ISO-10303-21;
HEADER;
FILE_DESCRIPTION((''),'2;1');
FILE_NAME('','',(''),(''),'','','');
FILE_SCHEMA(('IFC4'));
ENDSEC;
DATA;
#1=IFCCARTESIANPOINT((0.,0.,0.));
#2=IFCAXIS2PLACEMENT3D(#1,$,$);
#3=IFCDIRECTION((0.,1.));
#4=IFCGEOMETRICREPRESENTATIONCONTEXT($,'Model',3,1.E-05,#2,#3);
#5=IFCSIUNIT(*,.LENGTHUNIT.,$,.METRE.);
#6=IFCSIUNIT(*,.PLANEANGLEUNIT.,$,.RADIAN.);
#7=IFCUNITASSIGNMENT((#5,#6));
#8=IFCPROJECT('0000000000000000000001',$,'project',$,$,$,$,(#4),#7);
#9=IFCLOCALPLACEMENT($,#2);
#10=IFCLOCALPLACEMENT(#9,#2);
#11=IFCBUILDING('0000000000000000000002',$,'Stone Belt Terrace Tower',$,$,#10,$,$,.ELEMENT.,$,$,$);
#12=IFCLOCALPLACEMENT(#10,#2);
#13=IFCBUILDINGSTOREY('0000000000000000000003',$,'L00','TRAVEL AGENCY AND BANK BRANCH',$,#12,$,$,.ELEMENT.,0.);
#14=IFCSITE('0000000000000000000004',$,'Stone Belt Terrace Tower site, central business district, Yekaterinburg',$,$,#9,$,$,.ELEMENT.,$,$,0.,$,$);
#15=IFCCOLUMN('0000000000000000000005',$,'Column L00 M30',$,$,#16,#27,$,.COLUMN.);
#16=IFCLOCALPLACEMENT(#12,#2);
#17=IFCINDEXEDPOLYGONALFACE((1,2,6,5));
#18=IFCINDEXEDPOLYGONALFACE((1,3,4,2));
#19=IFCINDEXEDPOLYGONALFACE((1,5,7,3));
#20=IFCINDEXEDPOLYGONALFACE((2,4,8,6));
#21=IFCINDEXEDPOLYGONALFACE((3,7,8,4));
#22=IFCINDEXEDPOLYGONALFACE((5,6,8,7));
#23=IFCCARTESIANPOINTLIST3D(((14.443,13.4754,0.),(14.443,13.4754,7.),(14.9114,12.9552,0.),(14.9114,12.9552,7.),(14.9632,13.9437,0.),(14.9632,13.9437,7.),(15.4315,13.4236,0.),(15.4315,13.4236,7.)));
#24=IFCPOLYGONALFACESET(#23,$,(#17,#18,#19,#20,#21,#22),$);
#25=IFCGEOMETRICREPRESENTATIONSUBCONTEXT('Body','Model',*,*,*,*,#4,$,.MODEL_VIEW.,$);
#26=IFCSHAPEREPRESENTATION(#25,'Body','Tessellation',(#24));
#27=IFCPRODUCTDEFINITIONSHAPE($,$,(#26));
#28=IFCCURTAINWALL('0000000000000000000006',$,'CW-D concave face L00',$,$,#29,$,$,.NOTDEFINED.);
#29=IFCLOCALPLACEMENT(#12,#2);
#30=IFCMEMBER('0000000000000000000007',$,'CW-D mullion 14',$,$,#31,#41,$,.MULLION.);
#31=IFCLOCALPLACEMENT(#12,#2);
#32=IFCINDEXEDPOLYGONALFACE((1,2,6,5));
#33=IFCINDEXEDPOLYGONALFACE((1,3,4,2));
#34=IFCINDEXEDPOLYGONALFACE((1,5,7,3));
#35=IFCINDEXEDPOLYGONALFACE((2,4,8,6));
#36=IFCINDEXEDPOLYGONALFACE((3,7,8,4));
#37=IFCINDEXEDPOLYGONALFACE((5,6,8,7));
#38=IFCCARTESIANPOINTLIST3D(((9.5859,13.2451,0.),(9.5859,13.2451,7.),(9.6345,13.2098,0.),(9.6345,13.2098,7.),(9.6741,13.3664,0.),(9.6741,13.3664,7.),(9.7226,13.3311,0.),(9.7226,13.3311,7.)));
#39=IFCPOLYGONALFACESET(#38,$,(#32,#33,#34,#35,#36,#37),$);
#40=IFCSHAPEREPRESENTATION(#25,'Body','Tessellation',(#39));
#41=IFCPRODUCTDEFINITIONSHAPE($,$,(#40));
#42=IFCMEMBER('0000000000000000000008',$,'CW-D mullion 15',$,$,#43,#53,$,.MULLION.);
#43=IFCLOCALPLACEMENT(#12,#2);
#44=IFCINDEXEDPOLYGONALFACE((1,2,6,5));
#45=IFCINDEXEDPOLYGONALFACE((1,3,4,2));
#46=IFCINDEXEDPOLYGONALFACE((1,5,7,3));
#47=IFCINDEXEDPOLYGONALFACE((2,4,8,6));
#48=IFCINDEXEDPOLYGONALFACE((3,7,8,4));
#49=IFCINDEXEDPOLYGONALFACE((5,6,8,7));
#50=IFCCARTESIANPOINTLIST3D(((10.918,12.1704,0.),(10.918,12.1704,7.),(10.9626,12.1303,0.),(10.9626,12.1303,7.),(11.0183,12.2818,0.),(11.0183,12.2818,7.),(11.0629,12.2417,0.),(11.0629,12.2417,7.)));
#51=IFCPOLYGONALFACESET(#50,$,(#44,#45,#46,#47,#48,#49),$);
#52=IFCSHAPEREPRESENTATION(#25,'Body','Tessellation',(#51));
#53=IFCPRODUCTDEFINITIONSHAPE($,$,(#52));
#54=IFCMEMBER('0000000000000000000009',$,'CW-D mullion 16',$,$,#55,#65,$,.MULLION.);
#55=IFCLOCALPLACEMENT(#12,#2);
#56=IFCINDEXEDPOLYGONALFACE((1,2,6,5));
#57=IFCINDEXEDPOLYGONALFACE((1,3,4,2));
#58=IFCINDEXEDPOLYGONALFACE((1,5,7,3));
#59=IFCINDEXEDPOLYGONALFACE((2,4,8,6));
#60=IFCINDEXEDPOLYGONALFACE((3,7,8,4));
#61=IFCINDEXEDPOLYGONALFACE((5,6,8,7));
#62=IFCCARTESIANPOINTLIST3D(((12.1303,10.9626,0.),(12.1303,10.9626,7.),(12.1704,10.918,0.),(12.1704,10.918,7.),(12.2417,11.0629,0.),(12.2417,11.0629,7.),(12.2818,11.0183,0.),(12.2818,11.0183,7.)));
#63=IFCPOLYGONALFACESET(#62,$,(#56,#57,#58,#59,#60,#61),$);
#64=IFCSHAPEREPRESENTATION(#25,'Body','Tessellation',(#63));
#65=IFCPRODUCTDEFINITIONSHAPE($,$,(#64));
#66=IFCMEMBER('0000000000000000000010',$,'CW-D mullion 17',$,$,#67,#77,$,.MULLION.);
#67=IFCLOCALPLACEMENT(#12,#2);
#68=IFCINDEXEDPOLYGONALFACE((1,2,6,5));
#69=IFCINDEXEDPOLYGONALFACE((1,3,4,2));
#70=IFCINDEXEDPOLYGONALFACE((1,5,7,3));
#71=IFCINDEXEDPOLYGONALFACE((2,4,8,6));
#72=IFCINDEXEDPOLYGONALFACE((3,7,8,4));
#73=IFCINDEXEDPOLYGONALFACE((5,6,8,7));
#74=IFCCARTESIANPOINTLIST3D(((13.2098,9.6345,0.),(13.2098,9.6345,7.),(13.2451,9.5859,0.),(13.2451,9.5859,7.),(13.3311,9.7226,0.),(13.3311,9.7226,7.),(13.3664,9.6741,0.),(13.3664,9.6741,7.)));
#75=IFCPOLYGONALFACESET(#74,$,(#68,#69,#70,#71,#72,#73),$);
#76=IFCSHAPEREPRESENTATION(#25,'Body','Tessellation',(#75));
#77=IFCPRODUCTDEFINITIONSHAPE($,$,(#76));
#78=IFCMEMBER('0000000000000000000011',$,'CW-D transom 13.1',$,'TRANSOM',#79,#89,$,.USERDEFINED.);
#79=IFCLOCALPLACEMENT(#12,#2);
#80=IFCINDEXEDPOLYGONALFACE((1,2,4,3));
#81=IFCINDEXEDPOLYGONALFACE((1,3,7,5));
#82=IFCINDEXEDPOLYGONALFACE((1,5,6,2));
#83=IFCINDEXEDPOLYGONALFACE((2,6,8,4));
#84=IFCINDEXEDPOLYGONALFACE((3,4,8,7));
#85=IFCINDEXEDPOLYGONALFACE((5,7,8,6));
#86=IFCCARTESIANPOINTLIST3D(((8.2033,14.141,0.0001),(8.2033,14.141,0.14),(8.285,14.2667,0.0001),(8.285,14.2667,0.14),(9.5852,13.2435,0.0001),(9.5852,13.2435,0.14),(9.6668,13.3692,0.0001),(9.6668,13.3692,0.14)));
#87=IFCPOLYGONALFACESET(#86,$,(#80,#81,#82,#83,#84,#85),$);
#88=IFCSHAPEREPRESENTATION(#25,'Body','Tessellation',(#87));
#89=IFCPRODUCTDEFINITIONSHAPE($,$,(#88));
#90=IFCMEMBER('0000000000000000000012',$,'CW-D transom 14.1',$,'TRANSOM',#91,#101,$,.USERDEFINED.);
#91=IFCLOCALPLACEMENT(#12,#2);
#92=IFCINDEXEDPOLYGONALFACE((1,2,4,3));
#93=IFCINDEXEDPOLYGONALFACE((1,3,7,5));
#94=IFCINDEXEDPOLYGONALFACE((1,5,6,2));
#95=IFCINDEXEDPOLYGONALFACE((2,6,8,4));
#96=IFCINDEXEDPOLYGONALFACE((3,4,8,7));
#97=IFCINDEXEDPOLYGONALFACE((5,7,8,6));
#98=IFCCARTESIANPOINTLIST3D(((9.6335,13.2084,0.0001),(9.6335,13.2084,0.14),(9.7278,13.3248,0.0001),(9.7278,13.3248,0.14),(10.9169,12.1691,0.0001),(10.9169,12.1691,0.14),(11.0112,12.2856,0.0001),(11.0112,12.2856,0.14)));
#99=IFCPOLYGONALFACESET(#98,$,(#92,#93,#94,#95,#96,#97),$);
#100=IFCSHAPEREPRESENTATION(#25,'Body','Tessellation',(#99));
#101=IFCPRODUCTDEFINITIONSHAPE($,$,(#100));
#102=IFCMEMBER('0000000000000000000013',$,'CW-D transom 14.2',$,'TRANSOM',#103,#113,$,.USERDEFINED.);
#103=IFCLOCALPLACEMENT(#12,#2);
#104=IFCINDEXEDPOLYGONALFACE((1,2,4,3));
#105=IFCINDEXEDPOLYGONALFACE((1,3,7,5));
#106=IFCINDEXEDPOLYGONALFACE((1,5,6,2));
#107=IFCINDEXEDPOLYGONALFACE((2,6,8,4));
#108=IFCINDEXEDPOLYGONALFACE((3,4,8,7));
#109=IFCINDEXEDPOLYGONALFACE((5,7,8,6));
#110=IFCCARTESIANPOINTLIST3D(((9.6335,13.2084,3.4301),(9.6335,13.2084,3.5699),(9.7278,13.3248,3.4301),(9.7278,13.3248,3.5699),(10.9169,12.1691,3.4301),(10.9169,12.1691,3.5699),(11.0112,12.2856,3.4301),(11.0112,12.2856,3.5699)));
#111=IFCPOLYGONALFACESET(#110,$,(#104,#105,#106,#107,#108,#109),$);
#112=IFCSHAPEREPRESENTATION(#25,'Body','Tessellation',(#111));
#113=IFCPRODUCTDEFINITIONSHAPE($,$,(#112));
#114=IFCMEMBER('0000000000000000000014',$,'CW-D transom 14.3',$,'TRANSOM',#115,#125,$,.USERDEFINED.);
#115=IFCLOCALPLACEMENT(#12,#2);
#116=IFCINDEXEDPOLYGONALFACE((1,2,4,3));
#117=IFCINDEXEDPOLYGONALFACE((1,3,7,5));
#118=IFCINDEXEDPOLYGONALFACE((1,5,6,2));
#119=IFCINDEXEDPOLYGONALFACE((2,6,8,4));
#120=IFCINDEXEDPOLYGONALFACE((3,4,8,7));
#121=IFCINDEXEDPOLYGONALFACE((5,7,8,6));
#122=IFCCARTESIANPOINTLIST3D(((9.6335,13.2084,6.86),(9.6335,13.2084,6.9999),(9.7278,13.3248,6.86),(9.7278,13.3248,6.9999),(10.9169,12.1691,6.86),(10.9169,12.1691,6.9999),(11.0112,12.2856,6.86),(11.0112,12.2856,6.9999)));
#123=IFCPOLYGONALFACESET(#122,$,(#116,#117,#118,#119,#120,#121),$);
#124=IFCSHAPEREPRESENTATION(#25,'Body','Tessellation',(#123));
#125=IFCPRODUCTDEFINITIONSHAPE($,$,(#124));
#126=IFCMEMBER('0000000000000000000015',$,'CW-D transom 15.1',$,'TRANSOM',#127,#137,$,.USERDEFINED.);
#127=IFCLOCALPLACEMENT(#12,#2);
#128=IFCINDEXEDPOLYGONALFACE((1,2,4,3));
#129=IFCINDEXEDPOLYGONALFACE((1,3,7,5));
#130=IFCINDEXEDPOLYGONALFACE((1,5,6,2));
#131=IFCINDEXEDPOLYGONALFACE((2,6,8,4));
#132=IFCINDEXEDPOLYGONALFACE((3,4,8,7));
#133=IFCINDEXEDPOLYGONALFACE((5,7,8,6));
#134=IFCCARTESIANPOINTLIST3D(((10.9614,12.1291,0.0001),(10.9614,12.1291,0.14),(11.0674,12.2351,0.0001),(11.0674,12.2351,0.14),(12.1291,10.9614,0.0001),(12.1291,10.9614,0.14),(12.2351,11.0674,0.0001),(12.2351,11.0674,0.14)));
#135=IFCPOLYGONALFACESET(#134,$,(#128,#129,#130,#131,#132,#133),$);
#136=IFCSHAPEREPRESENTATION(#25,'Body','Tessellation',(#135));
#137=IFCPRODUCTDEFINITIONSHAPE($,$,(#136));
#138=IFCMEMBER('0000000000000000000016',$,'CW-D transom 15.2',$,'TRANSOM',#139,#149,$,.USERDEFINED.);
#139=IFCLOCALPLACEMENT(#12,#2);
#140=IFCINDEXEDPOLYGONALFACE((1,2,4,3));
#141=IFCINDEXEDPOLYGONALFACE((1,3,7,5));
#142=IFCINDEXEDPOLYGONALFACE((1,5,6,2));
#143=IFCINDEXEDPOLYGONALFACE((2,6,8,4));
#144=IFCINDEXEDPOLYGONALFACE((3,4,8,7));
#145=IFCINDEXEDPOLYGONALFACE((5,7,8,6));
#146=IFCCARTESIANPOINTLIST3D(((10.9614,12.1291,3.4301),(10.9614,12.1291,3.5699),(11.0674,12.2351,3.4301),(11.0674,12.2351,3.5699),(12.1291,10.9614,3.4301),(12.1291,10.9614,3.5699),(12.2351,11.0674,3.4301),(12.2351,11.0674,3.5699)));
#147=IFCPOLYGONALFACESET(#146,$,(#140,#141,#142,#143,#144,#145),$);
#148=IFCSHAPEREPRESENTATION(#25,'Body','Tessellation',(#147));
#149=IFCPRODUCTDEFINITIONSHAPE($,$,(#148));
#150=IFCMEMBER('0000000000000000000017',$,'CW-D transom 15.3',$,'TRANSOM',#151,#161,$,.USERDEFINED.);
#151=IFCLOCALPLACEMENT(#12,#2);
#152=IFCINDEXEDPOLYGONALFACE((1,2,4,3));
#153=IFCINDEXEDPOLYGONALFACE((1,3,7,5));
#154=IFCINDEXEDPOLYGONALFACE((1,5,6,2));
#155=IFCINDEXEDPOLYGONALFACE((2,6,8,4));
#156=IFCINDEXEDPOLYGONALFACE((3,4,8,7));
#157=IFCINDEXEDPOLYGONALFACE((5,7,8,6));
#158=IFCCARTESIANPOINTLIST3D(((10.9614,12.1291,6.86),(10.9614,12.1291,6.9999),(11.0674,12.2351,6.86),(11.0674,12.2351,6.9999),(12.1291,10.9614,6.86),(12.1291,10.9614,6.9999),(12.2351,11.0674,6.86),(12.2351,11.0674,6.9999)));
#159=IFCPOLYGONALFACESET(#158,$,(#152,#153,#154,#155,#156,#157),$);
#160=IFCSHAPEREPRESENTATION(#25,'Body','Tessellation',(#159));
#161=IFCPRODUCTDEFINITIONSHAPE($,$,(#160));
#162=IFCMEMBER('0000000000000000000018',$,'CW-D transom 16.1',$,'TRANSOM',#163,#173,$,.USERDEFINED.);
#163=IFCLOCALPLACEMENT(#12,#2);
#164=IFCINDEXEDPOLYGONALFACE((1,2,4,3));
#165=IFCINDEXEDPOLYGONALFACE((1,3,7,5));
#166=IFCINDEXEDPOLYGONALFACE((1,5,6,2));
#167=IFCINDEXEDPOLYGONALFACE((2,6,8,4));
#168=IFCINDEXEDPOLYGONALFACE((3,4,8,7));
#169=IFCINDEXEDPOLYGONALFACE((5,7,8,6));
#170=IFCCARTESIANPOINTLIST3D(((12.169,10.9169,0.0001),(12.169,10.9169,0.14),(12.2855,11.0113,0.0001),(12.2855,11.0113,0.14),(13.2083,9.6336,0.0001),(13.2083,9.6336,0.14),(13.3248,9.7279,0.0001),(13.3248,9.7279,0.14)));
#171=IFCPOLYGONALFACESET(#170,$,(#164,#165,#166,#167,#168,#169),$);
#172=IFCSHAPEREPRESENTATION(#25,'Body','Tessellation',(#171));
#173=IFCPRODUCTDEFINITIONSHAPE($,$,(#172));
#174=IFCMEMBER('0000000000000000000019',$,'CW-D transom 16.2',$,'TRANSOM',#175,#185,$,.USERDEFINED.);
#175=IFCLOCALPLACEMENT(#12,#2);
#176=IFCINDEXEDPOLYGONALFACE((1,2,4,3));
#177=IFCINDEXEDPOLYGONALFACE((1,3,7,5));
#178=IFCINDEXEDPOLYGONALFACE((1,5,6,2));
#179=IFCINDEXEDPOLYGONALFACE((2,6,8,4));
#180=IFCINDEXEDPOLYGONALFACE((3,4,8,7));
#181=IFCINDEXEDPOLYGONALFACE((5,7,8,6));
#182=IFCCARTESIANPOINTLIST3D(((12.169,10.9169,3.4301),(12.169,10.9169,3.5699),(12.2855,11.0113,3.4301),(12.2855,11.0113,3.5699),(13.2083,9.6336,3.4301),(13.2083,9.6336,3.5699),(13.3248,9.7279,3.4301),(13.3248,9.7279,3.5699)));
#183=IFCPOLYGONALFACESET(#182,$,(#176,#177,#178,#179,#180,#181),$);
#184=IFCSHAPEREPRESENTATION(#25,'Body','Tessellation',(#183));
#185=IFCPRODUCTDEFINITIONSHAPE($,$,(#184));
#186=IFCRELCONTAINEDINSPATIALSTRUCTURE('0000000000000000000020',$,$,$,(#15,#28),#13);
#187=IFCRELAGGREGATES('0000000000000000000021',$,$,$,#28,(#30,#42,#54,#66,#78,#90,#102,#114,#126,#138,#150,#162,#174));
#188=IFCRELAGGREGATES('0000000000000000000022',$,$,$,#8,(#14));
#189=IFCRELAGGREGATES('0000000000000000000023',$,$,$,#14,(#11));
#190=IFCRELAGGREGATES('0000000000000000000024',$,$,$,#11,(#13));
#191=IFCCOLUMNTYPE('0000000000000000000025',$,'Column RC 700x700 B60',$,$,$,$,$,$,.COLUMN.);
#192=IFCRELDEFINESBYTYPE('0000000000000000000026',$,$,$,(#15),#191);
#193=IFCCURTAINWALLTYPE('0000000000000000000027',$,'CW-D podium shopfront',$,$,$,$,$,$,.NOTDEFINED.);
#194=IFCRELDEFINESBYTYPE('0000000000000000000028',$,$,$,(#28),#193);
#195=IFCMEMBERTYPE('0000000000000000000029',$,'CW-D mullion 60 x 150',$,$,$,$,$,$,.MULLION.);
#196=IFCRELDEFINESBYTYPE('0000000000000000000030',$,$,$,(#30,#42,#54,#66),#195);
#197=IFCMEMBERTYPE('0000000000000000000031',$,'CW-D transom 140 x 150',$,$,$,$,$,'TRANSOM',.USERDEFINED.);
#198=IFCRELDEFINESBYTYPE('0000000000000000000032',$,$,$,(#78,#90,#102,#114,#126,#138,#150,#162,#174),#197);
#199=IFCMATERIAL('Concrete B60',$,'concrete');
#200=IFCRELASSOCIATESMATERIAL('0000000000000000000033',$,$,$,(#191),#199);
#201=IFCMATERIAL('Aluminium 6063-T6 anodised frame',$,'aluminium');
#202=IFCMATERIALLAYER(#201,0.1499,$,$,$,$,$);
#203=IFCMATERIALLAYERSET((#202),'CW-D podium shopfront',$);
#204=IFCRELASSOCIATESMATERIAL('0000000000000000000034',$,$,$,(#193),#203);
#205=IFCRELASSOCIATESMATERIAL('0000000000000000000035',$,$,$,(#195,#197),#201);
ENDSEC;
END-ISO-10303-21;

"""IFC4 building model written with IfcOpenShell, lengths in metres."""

from ifc_helpers import new_model, si_unit, direction, frame, origin, origin_2d, place, context, subcontext, project, spatial, rectangle, extrude, material, layer, layer_set, material_profile, profile_set, type_object, element, aggregate, save


model = new_model("IFC4")

# Units and contexts
model_context = context("Model", 3, precision=1e-05, world=origin(), true_north=direction((0.0, 1.0)))
body_context = subcontext(model_context, "Body", "Model", "MODEL_VIEW")
ifc_project = project(units=[si_unit("LENGTHUNIT", "METRE"), si_unit("PLANEANGLEUNIT", "RADIAN")], contexts=[model_context])

# Site, building, storey
site_placement = place(None, origin())
site = spatial("IfcSite", under=ifc_project, at=site_placement, Name="Stone Belt Terrace Tower site, central business district, Yekaterinburg", CompositionType="ELEMENT", RefElevation=0.0)
building_placement = place(site_placement, origin())
building = spatial("IfcBuilding", under=site, at=building_placement, Name="Stone Belt Terrace Tower", CompositionType="ELEMENT")
storey_placement = place(building_placement, origin())
storey = spatial("IfcBuildingStorey", under=building, at=storey_placement, Name="L00", Description="TRAVEL AGENCY AND BANK BRANCH", CompositionType="ELEMENT", Elevation=0.0)

# Column
ifc_material_1 = material(Name="Concrete B60", Category="concrete")
ifc_material_profile_1 = material_profile(ifc_material_1, rectangle(XDim=0.7, YDim=0.7, at=origin_2d()), Name="RC 700x700")
ifc_profile_set_1 = profile_set([ifc_material_profile_1], Name="Concrete B60")
column_type_1 = type_object("IfcColumnType", Name="Column RC 700x700 B60", PredefinedType="COLUMN", material=ifc_profile_set_1)
column_placement = place(storey_placement, frame((14.9373, 13.4495, 0.0), z_axis=(0.0, 0.0, 1.0), x_axis=(0.669131, -0.743145, 0.0)))
element("IfcColumn", 1, at=column_placement, inside=storey, type_object=column_type_1, Name="Column L00 M30", PredefinedType="COLUMN", context=body_context, shape_type="SweptSolid", body=[
    extrude(rectangle(XDim=0.7, YDim=0.7, at=origin_2d()), origin(), (0.0, 0.0, 1.0), 7.0),
])

# Curtain wall, members
ifc_material_2 = material(Name="Aluminium 6063-T6 anodised frame", Category="aluminium")
ifc_layer_1 = layer(ifc_material_2, 0.1499)
ifc_layer_set_1 = layer_set([ifc_layer_1], Name="CW-D podium shopfront")
curtain_wall_type = type_object("IfcCurtainWallType", Name="CW-D podium shopfront", PredefinedType="NOTDEFINED", material=ifc_layer_set_1)
curtain_wall_placement = place(storey_placement, origin())
curtain_wall = element("IfcCurtainWall", 2, at=curtain_wall_placement, inside=storey, type_object=curtain_wall_type, Name="CW-D concave face L00", PredefinedType="NOTDEFINED")
ifc_material_profile_2 = material_profile(ifc_material_2, rectangle(XDim=0.1499, YDim=0.0601, at=origin_2d()), Name="Aluminium 6063-T6 60x150")
ifc_profile_set_2 = profile_set([ifc_material_profile_2], Name="Aluminium 6063-T6 anodised frame")
member_type_1 = type_object("IfcMemberType", Name="CW-D mullion 60 x 150", PredefinedType="MULLION", material=ifc_profile_set_2)
member_1_placement = place(storey_placement, frame((9.6543, 13.2881, 0.0), z_axis=(0.0, 0.0, 1.0), x_axis=(0.587785, 0.809017, 0.0)))
member_1 = element("IfcMember", 3, at=member_1_placement, type_object=member_type_1, Name="CW-D mullion 14", PredefinedType="MULLION", context=body_context, shape_type="SweptSolid", body=[
    extrude(rectangle(XDim=0.1499, YDim=0.0601, at=origin_2d()), origin(), (0.0, 0.0, 1.0), 7.0),
])
member_2_placement = place(storey_placement, frame((10.9905, 12.2061, 0.0), z_axis=(0.0, 0.0, 1.0), x_axis=(0.669131, 0.743145, 0.0)))
member_2 = element("IfcMember", 4, at=member_2_placement, type_object=member_type_1, Name="CW-D mullion 15", PredefinedType="MULLION", context=body_context, shape_type="SweptSolid", body=[
    extrude(rectangle(XDim=0.1499, YDim=0.0601, at=origin_2d()), origin(), (0.0, 0.0, 1.0), 7.0),
])
member_3_placement = place(storey_placement, frame((12.2061, 10.9905, 0.0), z_axis=(0.0, 0.0, 1.0), x_axis=(0.743145, 0.669131, 0.0)))
member_3 = element("IfcMember", 5, at=member_3_placement, type_object=member_type_1, Name="CW-D mullion 16", PredefinedType="MULLION", context=body_context, shape_type="SweptSolid", body=[
    extrude(rectangle(XDim=0.1499, YDim=0.0601, at=origin_2d()), origin(), (0.0, 0.0, 1.0), 7.0),
])
member_4_placement = place(storey_placement, frame((13.2881, 9.6543, 0.0), z_axis=(0.0, 0.0, 1.0), x_axis=(0.809017, 0.587785, 0.0)))
member_4 = element("IfcMember", 6, at=member_4_placement, type_object=member_type_1, Name="CW-D mullion 17", PredefinedType="MULLION", context=body_context, shape_type="SweptSolid", body=[
    extrude(rectangle(XDim=0.1499, YDim=0.0601, at=origin_2d()), origin(), (0.0, 0.0, 1.0), 7.0),
])
ifc_material_profile_3 = material_profile(ifc_material_2, rectangle(XDim=0.1499, YDim=0.1399, at=origin_2d()), Name="Aluminium 6063-T6 150x140")
ifc_profile_set_3 = profile_set([ifc_material_profile_3], Name="Aluminium 6063-T6 anodised frame")
member_type_2 = type_object("IfcMemberType", Name="CW-D transom 140 x 150", ElementType="TRANSOM", PredefinedType="USERDEFINED", material=ifc_profile_set_3)
member_5_placement = place(storey_placement, frame((8.2441, 14.2039, 0.0701), z_axis=(0.838647, -0.544676, 0.0), x_axis=(0.544676, 0.838647, 0.0)))
member_5 = element("IfcMember", 7, at=member_5_placement, type_object=member_type_2, Name="CW-D transom 13.1", ObjectType="TRANSOM", PredefinedType="USERDEFINED", context=body_context, shape_type="SweptSolid", body=[
    extrude(rectangle(XDim=0.1499, YDim=0.1399, at=origin_2d()), origin(), (0.0, 0.0, 1.0), 1.6477),
])
member_6_placement = place(storey_placement, frame((9.6807, 13.2666, 0.0701), z_axis=(0.777148, -0.629317, 0.0), x_axis=(0.629317, 0.777148, 0.0)))
member_6 = element("IfcMember", 8, at=member_6_placement, type_object=member_type_2, Name="CW-D transom 14.1", ObjectType="TRANSOM", PredefinedType="USERDEFINED", context=body_context, shape_type="SweptSolid", body=[
    extrude(rectangle(XDim=0.1499, YDim=0.1399, at=origin_2d()), origin(), (0.0, 0.0, 1.0), 1.6514),
])
member_7_placement = place(storey_placement, frame((9.6807, 13.2666, 3.5), z_axis=(0.777148, -0.629317, 0.0), x_axis=(0.629317, 0.777148, 0.0)))
member_7 = element("IfcMember", 9, at=member_7_placement, type_object=member_type_2, Name="CW-D transom 14.2", ObjectType="TRANSOM", PredefinedType="USERDEFINED", context=body_context, shape_type="SweptSolid", body=[
    extrude(rectangle(XDim=0.1499, YDim=0.1399, at=origin_2d()), origin(), (0.0, 0.0, 1.0), 1.6514),
])
member_8_placement = place(storey_placement, frame((9.6807, 13.2666, 6.9299), z_axis=(0.777148, -0.629317, 0.0), x_axis=(0.629317, 0.777148, 0.0)))
member_8 = element("IfcMember", 10, at=member_8_placement, type_object=member_type_2, Name="CW-D transom 14.3", ObjectType="TRANSOM", PredefinedType="USERDEFINED", context=body_context, shape_type="SweptSolid", body=[
    extrude(rectangle(XDim=0.1499, YDim=0.1399, at=origin_2d()), origin(), (0.0, 0.0, 1.0), 1.6514),
])
member_9_placement = place(storey_placement, frame((11.0144, 12.1821, 0.0701), z_axis=(0.707107, -0.707107, 0.0), x_axis=(0.707107, 0.707107, 0.0)))
member_9 = element("IfcMember", 11, at=member_9_placement, type_object=member_type_2, Name="CW-D transom 15.1", ObjectType="TRANSOM", PredefinedType="USERDEFINED", context=body_context, shape_type="SweptSolid", body=[
    extrude(rectangle(XDim=0.1499, YDim=0.1399, at=origin_2d()), origin(), (0.0, 0.0, 1.0), 1.6514),
])
member_10_placement = place(storey_placement, frame((11.0144, 12.1821, 3.5), z_axis=(0.707107, -0.707107, 0.0), x_axis=(0.707107, 0.707107, 0.0)))
member_10 = element("IfcMember", 12, at=member_10_placement, type_object=member_type_2, Name="CW-D transom 15.2", ObjectType="TRANSOM", PredefinedType="USERDEFINED", context=body_context, shape_type="SweptSolid", body=[
    extrude(rectangle(XDim=0.1499, YDim=0.1399, at=origin_2d()), origin(), (0.0, 0.0, 1.0), 1.6514),
])
member_11_placement = place(storey_placement, frame((11.0144, 12.1821, 6.9299), z_axis=(0.707107, -0.707107, 0.0), x_axis=(0.707107, 0.707107, 0.0)))
member_11 = element("IfcMember", 13, at=member_11_placement, type_object=member_type_2, Name="CW-D transom 15.3", ObjectType="TRANSOM", PredefinedType="USERDEFINED", context=body_context, shape_type="SweptSolid", body=[
    extrude(rectangle(XDim=0.1499, YDim=0.1399, at=origin_2d()), origin(), (0.0, 0.0, 1.0), 1.6514),
])
member_12_placement = place(storey_placement, frame((12.2273, 10.9641, 0.0701), z_axis=(0.629317, -0.777148, 0.0), x_axis=(0.777148, 0.629317, 0.0)))
member_12 = element("IfcMember", 14, at=member_12_placement, type_object=member_type_2, Name="CW-D transom 16.1", ObjectType="TRANSOM", PredefinedType="USERDEFINED", context=body_context, shape_type="SweptSolid", body=[
    extrude(rectangle(XDim=0.1499, YDim=0.1399, at=origin_2d()), origin(), (0.0, 0.0, 1.0), 1.6514),
])
member_13_placement = place(storey_placement, frame((12.2273, 10.9641, 3.5), z_axis=(0.629317, -0.777148, 0.0), x_axis=(0.777148, 0.629317, 0.0)))
member_13 = element("IfcMember", 15, at=member_13_placement, type_object=member_type_2, Name="CW-D transom 16.2", ObjectType="TRANSOM", PredefinedType="USERDEFINED", context=body_context, shape_type="SweptSolid", body=[
    extrude(rectangle(XDim=0.1499, YDim=0.1399, at=origin_2d()), origin(), (0.0, 0.0, 1.0), 1.6514),
])

aggregate(curtain_wall, [member_1, member_2, member_3, member_4, member_5, member_6, member_7, member_8, member_9, member_10, member_11, member_12, member_13])

save(model, "model.ifc")
